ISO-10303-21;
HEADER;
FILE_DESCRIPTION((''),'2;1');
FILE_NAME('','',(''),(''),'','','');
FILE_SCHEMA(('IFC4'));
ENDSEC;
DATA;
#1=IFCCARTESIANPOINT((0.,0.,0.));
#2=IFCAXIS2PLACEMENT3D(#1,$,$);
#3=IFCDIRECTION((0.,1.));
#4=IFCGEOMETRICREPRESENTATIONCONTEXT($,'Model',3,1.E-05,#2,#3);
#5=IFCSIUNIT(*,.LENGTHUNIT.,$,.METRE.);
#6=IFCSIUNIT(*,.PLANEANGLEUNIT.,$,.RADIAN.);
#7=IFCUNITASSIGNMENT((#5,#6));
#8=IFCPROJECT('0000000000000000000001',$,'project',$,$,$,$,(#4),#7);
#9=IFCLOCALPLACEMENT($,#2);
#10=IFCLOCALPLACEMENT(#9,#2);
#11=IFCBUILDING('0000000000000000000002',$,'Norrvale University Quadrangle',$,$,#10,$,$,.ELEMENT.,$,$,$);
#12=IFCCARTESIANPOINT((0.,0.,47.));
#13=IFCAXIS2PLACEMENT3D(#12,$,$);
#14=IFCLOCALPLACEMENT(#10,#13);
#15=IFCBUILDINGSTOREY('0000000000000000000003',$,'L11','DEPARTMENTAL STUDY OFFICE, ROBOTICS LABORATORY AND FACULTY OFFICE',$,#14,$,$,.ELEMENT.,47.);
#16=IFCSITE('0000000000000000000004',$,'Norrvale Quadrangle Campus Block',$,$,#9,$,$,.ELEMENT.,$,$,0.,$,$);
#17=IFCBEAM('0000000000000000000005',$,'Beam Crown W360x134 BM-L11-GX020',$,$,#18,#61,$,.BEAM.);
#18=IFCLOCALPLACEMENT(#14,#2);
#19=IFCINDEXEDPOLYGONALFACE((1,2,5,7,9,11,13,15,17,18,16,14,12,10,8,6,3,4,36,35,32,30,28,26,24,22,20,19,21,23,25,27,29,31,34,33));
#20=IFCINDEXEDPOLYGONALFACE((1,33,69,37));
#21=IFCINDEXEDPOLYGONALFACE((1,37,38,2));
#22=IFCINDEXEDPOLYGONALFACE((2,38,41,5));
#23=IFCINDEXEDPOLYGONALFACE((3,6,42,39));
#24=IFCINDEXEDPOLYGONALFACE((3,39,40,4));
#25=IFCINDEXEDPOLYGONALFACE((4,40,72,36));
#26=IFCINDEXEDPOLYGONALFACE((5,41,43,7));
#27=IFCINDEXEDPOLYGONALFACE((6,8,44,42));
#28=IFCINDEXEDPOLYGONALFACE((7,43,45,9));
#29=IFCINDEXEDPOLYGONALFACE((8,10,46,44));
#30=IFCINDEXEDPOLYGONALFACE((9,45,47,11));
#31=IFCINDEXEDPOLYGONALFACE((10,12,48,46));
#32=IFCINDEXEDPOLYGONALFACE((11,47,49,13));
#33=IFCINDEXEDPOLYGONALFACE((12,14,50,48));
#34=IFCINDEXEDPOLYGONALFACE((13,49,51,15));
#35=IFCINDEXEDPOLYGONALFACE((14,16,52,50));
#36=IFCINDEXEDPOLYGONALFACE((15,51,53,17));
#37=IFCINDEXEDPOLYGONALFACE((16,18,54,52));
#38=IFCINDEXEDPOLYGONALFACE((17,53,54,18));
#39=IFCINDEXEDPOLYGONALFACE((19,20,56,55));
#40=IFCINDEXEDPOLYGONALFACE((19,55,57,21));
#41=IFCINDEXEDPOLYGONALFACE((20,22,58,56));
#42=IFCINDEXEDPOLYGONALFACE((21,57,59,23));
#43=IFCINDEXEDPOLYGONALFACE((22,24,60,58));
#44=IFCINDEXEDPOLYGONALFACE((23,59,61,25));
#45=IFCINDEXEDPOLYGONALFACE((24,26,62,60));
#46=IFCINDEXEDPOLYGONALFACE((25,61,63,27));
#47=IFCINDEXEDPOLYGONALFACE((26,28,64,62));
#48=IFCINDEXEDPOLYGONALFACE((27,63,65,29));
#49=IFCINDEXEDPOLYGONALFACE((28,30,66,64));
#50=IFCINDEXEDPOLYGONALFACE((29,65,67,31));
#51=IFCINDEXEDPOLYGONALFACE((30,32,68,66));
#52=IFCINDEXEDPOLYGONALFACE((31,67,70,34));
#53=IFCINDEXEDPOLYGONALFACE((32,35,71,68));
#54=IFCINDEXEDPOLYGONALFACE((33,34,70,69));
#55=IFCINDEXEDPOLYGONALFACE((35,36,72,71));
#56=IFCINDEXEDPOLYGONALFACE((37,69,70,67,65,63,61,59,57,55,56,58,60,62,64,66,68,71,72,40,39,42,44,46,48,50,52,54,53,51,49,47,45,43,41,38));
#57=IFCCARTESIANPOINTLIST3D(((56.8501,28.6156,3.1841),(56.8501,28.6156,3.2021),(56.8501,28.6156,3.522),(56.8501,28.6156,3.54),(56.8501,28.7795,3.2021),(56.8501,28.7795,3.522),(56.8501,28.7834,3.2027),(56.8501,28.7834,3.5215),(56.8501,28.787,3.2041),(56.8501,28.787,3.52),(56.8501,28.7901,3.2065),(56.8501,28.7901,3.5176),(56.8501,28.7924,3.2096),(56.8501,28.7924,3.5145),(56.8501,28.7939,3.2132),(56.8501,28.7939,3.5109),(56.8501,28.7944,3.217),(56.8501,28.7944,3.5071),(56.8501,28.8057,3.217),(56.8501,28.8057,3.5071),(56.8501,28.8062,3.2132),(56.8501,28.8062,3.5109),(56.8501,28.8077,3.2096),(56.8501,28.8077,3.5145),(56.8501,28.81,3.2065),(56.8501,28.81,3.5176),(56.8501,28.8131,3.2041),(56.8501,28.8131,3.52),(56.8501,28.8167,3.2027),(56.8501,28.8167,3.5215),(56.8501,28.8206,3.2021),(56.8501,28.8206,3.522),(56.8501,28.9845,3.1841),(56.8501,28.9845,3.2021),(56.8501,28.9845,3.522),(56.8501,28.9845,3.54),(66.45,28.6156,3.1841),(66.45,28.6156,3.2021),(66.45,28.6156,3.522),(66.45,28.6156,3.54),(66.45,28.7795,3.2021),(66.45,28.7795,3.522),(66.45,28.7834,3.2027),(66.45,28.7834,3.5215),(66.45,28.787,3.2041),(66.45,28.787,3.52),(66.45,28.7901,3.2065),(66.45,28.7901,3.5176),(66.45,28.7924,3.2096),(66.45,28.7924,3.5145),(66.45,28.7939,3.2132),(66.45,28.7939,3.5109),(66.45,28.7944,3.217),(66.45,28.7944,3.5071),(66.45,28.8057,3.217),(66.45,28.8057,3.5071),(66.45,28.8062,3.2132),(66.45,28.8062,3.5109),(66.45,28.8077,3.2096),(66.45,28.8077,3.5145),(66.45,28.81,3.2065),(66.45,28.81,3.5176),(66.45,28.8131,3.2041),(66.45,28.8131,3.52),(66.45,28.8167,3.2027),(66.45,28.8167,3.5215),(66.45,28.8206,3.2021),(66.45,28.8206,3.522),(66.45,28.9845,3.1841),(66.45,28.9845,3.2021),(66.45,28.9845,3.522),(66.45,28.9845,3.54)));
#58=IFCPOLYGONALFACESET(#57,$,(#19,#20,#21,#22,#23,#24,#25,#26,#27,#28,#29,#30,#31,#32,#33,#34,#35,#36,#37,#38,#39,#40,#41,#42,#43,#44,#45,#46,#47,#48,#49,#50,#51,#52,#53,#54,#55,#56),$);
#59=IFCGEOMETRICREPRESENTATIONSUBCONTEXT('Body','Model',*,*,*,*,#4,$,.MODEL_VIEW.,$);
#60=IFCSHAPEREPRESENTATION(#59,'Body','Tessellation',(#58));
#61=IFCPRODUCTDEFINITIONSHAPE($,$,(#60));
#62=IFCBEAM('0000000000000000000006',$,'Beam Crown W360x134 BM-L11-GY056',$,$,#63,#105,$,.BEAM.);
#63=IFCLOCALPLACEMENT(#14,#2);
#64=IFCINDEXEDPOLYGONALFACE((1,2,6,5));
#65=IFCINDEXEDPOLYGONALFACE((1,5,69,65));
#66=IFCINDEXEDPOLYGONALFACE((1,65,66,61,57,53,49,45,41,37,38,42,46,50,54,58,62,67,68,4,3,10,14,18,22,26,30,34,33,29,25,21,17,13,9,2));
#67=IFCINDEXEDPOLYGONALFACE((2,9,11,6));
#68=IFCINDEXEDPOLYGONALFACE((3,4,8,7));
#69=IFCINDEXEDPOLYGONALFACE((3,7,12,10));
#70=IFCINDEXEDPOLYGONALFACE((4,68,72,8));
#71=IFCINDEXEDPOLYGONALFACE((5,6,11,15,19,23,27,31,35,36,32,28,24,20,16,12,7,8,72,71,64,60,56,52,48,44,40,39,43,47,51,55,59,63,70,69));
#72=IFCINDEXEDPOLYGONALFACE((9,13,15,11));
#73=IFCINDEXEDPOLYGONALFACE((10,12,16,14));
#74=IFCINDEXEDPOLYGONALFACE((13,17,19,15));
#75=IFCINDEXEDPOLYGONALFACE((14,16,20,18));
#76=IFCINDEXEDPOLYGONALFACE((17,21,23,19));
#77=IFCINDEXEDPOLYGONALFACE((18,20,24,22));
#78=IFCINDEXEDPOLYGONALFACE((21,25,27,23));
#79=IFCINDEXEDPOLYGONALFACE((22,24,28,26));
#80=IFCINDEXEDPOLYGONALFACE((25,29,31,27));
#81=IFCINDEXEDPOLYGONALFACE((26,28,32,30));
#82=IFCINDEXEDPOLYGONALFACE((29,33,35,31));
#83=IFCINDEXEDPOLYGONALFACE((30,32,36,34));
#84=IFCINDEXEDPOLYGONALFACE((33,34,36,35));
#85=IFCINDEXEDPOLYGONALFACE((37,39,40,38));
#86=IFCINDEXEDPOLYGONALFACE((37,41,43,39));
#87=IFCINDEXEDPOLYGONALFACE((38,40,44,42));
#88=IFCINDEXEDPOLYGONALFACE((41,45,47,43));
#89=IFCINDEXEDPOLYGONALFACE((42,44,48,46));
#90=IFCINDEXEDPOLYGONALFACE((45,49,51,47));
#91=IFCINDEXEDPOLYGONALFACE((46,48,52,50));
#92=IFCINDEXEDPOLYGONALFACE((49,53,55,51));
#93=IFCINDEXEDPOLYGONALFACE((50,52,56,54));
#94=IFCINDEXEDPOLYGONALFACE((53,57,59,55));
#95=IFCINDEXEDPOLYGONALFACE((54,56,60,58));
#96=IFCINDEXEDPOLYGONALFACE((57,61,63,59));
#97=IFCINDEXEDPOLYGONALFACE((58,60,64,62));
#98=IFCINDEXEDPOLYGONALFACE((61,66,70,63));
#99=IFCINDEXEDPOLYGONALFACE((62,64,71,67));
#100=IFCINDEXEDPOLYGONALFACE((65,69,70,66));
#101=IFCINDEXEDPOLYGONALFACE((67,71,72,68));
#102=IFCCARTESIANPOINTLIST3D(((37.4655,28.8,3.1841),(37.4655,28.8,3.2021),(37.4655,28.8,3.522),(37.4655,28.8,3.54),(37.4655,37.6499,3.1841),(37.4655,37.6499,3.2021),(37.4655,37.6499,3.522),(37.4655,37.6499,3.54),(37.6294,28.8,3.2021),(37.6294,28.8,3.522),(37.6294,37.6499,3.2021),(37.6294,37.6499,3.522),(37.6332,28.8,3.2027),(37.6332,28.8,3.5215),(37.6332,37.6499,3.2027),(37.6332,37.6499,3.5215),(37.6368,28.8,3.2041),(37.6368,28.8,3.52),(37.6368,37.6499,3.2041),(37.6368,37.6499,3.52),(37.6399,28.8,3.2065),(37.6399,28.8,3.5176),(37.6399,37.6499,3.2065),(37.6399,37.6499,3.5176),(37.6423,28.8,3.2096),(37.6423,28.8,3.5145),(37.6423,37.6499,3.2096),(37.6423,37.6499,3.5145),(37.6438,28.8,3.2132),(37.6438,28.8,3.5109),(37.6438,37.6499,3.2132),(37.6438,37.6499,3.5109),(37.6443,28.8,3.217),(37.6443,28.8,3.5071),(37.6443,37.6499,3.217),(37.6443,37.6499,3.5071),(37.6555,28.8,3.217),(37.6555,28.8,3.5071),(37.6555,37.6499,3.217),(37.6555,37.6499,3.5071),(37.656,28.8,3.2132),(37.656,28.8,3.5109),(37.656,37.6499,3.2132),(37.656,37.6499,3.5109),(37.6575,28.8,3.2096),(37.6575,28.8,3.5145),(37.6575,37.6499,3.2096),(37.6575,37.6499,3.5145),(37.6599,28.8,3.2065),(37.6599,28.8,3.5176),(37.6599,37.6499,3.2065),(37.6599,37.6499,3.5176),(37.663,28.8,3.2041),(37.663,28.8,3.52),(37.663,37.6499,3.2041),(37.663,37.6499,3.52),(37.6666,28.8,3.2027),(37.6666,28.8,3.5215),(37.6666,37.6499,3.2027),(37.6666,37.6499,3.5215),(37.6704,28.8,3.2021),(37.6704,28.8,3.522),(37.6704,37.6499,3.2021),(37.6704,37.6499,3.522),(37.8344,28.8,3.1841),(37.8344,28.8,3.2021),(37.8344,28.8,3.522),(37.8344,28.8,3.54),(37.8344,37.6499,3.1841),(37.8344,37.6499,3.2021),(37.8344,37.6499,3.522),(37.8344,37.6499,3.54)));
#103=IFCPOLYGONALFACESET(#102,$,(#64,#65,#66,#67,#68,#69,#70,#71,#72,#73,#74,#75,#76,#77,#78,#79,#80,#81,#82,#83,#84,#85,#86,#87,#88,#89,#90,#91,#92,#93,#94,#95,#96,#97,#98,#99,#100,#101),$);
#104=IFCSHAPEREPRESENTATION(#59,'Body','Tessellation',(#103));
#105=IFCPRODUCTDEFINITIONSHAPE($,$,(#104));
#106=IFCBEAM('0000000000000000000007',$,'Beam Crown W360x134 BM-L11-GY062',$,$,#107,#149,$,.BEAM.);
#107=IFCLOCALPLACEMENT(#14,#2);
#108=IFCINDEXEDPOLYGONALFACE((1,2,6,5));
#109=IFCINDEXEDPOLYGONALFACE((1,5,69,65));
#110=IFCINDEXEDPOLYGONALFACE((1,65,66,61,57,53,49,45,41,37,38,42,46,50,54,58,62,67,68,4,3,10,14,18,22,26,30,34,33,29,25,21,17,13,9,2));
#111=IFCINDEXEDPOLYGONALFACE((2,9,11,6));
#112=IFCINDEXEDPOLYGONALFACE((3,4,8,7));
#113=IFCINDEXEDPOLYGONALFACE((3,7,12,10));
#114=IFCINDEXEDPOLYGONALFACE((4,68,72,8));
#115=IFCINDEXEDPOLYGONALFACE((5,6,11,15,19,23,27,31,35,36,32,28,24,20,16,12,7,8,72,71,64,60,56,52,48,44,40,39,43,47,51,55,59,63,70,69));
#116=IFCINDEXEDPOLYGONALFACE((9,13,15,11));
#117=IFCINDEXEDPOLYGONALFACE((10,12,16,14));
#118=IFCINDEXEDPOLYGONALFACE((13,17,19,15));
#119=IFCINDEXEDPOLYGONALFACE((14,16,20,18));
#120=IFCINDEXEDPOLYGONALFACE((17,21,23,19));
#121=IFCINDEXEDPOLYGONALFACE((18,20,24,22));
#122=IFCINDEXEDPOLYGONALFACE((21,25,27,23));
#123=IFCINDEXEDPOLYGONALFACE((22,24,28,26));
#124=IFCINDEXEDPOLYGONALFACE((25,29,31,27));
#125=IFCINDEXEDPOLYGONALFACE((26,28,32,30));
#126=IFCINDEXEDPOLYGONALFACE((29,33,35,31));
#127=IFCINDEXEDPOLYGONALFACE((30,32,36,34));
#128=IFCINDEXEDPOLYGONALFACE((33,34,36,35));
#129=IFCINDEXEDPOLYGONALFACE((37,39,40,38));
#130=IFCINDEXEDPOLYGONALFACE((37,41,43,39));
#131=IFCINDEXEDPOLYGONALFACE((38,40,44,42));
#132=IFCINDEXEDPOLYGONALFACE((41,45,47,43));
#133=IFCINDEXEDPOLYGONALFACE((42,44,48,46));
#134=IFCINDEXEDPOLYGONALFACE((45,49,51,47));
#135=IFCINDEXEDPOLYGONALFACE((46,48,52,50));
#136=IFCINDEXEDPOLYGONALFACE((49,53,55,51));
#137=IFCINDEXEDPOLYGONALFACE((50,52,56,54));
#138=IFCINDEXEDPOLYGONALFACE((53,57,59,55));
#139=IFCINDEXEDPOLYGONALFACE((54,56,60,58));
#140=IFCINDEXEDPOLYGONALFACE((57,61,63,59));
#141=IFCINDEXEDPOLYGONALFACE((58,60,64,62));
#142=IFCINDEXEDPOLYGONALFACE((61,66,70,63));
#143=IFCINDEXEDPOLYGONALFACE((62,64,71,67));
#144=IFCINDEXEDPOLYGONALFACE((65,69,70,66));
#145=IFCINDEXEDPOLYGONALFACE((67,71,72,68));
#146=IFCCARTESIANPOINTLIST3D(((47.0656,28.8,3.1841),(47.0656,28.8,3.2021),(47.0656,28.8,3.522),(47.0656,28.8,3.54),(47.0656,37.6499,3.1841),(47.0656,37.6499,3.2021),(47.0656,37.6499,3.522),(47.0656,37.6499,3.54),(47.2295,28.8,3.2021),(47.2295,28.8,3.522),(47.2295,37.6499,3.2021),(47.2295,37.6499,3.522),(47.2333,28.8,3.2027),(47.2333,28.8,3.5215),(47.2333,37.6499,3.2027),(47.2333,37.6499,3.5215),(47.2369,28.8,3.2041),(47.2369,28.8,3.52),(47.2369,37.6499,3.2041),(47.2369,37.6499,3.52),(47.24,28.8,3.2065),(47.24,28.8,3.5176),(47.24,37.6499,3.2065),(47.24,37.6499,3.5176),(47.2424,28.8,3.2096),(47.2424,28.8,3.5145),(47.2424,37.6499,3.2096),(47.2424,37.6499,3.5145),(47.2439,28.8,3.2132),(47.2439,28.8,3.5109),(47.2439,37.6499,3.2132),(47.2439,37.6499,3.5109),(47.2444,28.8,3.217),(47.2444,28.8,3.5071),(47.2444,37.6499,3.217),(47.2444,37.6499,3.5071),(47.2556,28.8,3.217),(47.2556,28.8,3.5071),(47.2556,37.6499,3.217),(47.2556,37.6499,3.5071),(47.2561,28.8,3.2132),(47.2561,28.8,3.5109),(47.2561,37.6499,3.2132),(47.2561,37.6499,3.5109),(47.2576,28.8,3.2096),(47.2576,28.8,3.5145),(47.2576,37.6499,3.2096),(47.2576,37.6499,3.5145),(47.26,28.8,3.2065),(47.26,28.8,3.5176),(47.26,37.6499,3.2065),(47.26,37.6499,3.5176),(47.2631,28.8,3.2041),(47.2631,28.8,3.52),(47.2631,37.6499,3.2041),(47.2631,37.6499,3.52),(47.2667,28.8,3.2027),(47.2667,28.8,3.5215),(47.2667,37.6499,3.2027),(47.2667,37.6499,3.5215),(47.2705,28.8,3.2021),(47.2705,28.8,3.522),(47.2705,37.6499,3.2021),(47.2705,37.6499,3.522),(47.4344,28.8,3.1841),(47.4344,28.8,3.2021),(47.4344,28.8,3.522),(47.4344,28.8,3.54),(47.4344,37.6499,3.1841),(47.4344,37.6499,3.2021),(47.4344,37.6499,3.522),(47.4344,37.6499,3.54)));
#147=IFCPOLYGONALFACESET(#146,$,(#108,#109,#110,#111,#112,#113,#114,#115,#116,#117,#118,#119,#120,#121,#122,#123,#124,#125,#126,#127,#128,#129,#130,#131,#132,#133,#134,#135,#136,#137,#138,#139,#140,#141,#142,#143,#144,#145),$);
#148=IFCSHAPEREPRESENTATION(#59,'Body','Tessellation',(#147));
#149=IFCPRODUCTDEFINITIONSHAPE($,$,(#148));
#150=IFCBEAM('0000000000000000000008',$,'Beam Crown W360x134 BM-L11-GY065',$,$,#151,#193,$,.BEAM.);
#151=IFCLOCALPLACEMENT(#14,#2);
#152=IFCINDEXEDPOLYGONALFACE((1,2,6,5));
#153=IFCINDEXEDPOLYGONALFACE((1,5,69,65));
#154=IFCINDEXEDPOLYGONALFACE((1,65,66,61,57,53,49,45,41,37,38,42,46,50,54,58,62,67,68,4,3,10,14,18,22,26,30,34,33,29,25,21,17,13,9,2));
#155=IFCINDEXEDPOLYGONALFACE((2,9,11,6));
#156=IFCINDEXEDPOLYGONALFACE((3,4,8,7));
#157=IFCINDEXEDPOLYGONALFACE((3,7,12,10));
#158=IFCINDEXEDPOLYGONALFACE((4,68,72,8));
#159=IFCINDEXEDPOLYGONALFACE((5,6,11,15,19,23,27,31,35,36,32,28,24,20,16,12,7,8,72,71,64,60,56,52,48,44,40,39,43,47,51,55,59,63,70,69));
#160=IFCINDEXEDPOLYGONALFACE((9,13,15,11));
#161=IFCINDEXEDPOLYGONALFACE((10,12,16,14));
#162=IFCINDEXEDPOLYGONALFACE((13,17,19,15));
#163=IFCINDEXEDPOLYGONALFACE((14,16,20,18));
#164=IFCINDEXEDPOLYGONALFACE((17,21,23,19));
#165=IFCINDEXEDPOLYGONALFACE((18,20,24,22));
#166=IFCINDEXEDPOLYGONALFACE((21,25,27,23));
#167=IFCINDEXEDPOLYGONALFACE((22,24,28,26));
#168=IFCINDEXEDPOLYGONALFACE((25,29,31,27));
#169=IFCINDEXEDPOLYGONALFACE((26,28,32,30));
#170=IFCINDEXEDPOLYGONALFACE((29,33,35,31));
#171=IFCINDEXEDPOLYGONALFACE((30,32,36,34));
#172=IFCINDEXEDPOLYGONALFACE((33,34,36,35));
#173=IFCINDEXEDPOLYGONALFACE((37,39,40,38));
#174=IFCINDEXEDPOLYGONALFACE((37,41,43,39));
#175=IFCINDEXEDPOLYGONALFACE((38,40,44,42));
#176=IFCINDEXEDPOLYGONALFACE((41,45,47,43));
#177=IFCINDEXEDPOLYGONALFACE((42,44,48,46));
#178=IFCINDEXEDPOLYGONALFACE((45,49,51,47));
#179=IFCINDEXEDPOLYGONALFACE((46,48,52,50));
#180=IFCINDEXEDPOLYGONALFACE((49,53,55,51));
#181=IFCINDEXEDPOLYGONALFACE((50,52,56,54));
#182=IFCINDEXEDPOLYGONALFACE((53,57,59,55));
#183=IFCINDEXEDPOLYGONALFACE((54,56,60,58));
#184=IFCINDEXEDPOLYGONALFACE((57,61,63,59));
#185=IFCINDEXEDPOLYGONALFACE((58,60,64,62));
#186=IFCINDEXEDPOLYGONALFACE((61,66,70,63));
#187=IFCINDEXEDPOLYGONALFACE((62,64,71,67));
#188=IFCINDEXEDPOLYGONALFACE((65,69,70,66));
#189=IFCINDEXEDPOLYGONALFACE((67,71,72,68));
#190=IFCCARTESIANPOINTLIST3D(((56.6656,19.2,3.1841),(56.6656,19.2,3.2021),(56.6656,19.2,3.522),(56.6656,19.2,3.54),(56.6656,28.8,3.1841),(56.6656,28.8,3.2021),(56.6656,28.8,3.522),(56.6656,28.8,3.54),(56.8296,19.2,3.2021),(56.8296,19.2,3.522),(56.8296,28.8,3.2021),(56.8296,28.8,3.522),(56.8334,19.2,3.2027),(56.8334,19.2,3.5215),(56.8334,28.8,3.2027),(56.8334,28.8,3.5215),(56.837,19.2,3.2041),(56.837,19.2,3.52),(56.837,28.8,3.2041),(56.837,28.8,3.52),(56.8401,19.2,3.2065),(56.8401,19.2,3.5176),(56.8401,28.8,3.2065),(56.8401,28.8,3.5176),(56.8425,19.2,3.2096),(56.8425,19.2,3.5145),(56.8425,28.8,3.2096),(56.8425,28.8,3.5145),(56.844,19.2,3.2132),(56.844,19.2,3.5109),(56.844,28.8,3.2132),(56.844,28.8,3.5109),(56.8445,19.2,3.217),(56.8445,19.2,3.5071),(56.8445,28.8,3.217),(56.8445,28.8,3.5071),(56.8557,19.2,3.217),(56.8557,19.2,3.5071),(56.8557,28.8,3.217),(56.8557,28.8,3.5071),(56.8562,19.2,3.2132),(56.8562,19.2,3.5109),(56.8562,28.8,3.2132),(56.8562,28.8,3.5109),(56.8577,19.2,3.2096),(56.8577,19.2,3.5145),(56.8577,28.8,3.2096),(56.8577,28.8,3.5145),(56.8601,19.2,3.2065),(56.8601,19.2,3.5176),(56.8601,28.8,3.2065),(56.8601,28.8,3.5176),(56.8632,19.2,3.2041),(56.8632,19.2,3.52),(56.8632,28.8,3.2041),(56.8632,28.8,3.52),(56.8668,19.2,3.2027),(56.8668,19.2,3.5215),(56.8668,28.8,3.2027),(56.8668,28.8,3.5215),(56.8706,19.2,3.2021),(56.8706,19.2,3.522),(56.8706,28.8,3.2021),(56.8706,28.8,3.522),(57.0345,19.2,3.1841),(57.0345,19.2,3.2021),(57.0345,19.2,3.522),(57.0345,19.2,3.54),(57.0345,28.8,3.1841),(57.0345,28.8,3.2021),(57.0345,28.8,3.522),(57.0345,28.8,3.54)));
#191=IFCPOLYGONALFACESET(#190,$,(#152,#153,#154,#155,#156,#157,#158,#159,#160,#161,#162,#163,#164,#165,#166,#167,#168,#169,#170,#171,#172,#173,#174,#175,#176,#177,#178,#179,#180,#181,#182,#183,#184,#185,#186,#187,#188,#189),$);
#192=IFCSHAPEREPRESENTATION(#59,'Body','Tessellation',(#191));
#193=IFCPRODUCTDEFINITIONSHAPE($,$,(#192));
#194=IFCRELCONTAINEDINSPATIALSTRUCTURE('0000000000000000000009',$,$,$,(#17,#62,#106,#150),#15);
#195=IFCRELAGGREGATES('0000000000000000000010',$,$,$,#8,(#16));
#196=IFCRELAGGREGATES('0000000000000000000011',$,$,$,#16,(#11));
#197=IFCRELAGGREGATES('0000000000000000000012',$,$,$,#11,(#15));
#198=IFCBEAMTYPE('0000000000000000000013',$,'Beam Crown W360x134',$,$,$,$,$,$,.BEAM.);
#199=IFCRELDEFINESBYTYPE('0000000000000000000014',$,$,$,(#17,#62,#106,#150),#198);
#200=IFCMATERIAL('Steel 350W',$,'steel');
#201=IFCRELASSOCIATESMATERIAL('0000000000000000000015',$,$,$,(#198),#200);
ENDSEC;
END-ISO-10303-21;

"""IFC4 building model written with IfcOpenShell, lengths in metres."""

from ifc_helpers import new_model, si_unit, direction, frame, origin, origin_2d, place, context, subcontext, project, spatial, i_section, extrude, material, material_profile, profile_set, type_object, element, save


model = new_model("IFC4")

# Units and contexts
model_context = context("Model", 3, precision=1e-05, world=origin(), true_north=direction((0.0, 1.0)))
body_context = subcontext(model_context, "Body", "Model", "MODEL_VIEW")
ifc_project = project(units=[si_unit("LENGTHUNIT", "METRE"), si_unit("PLANEANGLEUNIT", "RADIAN")], contexts=[model_context])

# Site, building, storey
site_placement = place(None, origin())
site = spatial("IfcSite", under=ifc_project, at=site_placement, Name="Norrvale Quadrangle Campus Block", CompositionType="ELEMENT", RefElevation=0.0)
building_placement = place(site_placement, origin())
building = spatial("IfcBuilding", under=site, at=building_placement, Name="Norrvale University Quadrangle", CompositionType="ELEMENT")
storey_placement = place(building_placement, frame((0.0, 0.0, 47.0)))
storey = spatial("IfcBuildingStorey", under=building, at=storey_placement, Name="L11", Description="DEPARTMENTAL STUDY OFFICE, ROBOTICS LABORATORY AND FACULTY OFFICE", CompositionType="ELEMENT", Elevation=47.0)

# Beams
ifc_material_1 = material(Name="Steel 350W", Category="steel")
ifc_material_profile_1 = material_profile(ifc_material_1, i_section(OverallWidth=0.3689, OverallDepth=0.356, WebThickness=0.0112, FlangeThickness=0.0181, FilletRadius=0.0149, at=origin_2d()), Name="Steel 350W")
ifc_profile_set_1 = profile_set([ifc_material_profile_1], Name="Steel 350W")
beam_type_1 = type_object("IfcBeamType", Name="Beam Crown W360x134", PredefinedType="BEAM", material=ifc_profile_set_1)
beam_1_placement = place(storey_placement, frame((56.8501, 28.8, 3.3621), z_axis=(1.0, 0.0, 0.0), x_axis=(0.0, 1.0, 0.0)))
element("IfcBeam", 1, at=beam_1_placement, inside=storey, type_object=beam_type_1, Name="Beam Crown W360x134 BM-L11-GX020", PredefinedType="BEAM", context=body_context, shape_type="SweptSolid", body=[
    extrude(i_section(OverallWidth=0.3689, OverallDepth=0.356, WebThickness=0.0112, FlangeThickness=0.0181, FilletRadius=0.0149, at=origin_2d()), origin(), (0.0, 0.0, 1.0), 9.5999),
])
for number, where, z_axis, x_axis, name in (
    (2, (37.6499, 28.8, 3.3621), (0.0, 1.0, 0.0), (-1.0, 0.0, 0.0), "Beam Crown W360x134 BM-L11-GY056"),
    (3, (47.25, 28.8, 3.3621), (0.0, 1.0, 0.0), (-1.0, 0.0, 0.0), "Beam Crown W360x134 BM-L11-GY062"),
):
    element("IfcBeam", number, at=place(storey_placement, frame(where, z_axis=z_axis, x_axis=x_axis)), inside=storey, type_object=beam_type_1, Name=name, PredefinedType="BEAM", context=body_context, shape_type="SweptSolid", body=[
        extrude(i_section(OverallWidth=0.3689, OverallDepth=0.356, WebThickness=0.0112, FlangeThickness=0.0181, FilletRadius=0.0149, at=origin_2d()), origin(), (0.0, 0.0, 1.0), 8.8499),
    ])
beam_2_placement = place(storey_placement, frame((56.8501, 19.2, 3.3621), z_axis=(0.0, 1.0, 0.0), x_axis=(-1.0, 0.0, 0.0)))
element("IfcBeam", 4, at=beam_2_placement, inside=storey, type_object=beam_type_1, Name="Beam Crown W360x134 BM-L11-GY065", PredefinedType="BEAM", context=body_context, shape_type="SweptSolid", body=[
    extrude(i_section(OverallWidth=0.3689, OverallDepth=0.356, WebThickness=0.0112, FlangeThickness=0.0181, FilletRadius=0.0149, at=origin_2d()), origin(), (0.0, 0.0, 1.0), 9.6001),
])

save(model, "model.ifc")
